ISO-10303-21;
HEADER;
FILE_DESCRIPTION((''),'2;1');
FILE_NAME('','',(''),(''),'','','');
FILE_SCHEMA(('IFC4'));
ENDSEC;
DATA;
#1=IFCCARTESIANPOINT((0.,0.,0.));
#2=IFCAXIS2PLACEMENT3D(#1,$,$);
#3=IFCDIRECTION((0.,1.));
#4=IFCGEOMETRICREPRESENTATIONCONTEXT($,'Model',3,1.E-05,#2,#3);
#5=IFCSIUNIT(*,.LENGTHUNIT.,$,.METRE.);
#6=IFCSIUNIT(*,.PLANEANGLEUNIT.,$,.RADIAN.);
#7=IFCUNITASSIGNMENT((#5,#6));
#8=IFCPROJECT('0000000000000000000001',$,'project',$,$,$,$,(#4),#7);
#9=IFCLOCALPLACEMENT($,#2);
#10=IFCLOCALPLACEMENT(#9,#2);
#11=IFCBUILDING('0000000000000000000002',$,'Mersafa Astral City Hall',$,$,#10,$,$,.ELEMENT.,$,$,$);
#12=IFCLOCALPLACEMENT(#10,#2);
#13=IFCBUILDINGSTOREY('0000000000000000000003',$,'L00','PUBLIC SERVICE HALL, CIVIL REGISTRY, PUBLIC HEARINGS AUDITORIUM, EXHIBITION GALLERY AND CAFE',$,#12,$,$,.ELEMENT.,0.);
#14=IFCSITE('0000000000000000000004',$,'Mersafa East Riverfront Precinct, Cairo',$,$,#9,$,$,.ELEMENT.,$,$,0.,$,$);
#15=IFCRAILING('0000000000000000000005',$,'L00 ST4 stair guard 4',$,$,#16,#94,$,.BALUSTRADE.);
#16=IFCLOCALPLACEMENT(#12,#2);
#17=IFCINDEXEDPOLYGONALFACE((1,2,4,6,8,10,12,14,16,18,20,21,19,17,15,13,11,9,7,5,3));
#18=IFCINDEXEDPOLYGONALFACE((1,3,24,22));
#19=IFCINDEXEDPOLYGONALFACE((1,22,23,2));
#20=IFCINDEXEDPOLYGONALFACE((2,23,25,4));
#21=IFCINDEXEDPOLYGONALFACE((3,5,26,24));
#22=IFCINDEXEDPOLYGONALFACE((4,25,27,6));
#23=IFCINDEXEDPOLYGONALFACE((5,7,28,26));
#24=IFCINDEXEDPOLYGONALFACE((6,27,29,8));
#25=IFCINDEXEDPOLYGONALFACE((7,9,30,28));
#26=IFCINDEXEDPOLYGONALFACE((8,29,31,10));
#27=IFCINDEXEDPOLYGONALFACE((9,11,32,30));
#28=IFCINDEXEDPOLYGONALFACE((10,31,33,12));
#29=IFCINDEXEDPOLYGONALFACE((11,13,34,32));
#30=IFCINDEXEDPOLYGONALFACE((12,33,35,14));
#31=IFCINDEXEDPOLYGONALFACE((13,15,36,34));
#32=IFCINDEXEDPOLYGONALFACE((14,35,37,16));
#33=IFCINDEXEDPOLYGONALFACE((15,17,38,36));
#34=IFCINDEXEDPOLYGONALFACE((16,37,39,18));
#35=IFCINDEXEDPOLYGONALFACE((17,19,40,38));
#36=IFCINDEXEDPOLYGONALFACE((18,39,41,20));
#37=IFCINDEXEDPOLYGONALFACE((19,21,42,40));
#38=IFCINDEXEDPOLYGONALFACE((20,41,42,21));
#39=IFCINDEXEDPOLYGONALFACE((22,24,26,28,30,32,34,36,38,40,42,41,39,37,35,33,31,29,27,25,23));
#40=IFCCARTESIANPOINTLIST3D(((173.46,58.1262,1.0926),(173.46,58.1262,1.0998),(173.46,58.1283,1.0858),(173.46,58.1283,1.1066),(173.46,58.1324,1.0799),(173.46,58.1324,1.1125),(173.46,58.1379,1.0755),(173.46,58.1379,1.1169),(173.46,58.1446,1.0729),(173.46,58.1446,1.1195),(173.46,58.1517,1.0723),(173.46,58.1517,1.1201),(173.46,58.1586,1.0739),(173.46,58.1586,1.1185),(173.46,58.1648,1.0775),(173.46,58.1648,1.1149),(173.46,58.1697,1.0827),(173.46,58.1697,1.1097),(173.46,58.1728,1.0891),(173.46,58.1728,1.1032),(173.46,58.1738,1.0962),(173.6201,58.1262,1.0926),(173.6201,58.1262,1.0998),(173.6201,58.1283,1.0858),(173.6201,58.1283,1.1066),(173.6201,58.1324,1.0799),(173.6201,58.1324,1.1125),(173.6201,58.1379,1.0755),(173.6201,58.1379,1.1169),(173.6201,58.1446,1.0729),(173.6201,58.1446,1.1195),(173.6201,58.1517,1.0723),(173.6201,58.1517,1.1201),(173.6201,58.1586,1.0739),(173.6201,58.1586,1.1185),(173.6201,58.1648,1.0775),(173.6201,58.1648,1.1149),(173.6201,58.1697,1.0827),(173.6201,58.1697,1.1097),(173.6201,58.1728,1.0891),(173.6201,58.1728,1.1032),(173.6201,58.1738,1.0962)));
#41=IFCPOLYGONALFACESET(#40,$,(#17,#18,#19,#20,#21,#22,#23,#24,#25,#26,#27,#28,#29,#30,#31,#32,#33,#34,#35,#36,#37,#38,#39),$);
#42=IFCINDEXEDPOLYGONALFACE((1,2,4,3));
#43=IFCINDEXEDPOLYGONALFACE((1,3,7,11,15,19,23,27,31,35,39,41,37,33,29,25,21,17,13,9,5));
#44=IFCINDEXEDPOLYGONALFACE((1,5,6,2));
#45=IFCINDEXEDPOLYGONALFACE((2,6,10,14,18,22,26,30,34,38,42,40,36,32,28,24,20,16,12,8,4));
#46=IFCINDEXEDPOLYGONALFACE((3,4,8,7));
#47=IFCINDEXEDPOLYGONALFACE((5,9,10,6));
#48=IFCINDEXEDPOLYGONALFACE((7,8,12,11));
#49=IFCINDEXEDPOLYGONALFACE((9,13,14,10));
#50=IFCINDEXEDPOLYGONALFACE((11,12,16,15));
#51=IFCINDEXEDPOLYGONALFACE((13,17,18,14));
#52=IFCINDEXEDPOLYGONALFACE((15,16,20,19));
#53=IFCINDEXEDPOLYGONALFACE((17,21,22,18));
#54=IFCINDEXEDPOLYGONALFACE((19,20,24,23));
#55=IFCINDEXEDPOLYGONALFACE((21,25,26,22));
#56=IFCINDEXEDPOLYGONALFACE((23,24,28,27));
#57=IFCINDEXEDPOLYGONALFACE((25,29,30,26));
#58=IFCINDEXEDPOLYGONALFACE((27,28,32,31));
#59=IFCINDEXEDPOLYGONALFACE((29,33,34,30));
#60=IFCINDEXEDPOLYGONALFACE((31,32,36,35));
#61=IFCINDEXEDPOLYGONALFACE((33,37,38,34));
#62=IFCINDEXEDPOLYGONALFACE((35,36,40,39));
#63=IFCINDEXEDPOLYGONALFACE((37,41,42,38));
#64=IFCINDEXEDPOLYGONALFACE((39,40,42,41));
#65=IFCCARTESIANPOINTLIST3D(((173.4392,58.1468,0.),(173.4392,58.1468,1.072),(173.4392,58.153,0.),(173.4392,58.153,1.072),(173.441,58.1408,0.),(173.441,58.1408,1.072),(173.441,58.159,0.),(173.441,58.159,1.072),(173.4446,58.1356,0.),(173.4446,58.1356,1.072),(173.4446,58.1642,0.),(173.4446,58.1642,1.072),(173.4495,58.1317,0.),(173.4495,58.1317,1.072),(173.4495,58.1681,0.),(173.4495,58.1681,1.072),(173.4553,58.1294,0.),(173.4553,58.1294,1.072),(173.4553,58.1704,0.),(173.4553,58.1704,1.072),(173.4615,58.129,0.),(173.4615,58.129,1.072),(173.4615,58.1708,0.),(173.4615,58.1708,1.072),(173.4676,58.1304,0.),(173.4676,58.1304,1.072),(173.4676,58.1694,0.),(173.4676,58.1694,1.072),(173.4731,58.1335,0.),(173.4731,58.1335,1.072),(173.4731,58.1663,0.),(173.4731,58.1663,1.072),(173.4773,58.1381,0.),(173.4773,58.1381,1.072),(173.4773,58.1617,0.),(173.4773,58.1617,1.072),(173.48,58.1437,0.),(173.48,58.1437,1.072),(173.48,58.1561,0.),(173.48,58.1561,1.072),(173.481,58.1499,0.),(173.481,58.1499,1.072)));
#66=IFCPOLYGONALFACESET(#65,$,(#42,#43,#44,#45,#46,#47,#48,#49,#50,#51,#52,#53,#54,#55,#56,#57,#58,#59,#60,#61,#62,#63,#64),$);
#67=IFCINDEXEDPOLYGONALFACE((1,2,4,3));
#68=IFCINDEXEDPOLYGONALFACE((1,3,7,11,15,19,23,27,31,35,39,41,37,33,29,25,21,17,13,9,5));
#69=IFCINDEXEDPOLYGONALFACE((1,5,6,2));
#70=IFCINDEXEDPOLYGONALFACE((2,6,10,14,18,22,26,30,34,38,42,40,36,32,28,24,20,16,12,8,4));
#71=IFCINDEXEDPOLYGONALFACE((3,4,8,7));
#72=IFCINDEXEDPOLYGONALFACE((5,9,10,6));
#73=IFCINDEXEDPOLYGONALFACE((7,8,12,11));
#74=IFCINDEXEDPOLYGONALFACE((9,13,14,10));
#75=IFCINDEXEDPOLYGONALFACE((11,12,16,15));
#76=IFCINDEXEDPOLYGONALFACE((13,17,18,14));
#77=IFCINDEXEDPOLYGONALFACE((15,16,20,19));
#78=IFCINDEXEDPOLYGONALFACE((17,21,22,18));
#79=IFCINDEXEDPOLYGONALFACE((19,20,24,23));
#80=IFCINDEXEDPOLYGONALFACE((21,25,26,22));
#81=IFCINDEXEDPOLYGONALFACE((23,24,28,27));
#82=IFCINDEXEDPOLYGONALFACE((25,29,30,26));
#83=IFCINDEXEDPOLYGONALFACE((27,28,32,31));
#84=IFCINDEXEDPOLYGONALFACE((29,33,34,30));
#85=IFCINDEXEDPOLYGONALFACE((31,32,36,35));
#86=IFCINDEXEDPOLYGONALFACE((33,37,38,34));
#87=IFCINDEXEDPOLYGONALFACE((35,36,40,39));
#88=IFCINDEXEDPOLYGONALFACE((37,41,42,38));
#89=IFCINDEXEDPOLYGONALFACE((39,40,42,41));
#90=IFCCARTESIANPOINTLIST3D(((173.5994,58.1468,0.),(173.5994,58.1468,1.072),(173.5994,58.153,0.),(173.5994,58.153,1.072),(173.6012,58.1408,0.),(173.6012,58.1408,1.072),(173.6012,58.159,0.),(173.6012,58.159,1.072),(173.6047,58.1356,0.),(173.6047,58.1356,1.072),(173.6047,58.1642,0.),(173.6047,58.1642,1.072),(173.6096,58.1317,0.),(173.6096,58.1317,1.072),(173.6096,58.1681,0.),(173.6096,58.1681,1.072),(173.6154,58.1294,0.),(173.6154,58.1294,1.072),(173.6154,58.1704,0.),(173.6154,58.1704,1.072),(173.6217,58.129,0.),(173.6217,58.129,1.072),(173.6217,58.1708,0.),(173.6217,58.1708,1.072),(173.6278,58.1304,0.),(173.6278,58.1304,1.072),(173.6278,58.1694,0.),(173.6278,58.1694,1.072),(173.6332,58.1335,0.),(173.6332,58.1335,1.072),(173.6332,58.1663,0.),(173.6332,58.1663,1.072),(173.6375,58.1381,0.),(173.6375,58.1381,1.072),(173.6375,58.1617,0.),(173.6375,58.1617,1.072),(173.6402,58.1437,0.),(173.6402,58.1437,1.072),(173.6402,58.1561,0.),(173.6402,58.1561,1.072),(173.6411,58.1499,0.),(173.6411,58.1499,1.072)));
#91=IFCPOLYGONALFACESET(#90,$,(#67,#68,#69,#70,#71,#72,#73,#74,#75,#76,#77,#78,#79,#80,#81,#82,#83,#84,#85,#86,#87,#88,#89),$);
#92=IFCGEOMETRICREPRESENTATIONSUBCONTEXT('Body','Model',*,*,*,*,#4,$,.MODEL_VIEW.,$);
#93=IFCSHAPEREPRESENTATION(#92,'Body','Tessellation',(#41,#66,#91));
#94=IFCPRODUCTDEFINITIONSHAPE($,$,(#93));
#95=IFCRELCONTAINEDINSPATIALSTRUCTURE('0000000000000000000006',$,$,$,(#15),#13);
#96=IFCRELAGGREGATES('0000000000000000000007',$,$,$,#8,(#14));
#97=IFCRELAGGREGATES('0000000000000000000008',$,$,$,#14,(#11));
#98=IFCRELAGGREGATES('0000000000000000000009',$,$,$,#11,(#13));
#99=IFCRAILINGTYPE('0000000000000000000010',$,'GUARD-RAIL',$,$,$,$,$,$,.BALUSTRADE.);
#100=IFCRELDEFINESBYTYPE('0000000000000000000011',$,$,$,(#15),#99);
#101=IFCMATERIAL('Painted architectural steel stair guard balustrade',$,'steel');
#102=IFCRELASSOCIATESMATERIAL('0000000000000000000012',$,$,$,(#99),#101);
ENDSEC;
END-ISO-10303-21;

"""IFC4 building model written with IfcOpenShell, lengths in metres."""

from ifc_helpers import new_model, si_unit, direction, frame, origin, origin_2d, place, context, subcontext, project, spatial, circle, extrude, material, type_object, element, save


model = new_model("IFC4")

# Units and contexts
model_context = context("Model", 3, precision=1e-05, world=origin(), true_north=direction((0.0, 1.0)))
body_context = subcontext(model_context, "Body", "Model", "MODEL_VIEW")
ifc_project = project(units=[si_unit("LENGTHUNIT", "METRE"), si_unit("PLANEANGLEUNIT", "RADIAN")], contexts=[model_context])

# Site, building, storey
site_placement = place(None, origin())
site = spatial("IfcSite", under=ifc_project, at=site_placement, Name="Mersafa East Riverfront Precinct, Cairo", CompositionType="ELEMENT", RefElevation=0.0)
building_placement = place(site_placement, origin())
building = spatial("IfcBuilding", under=site, at=building_placement, Name="Mersafa Astral City Hall", CompositionType="ELEMENT")
storey_placement = place(building_placement, origin())
storey = spatial("IfcBuildingStorey", under=building, at=storey_placement, Name="L00", Description="PUBLIC SERVICE HALL, CIVIL REGISTRY, PUBLIC HEARINGS AUDITORIUM, EXHIBITION GALLERY AND CAFE", CompositionType="ELEMENT", Elevation=0.0)

# Railing
ifc_material_1 = material(Name="Painted architectural steel stair guard balustrade", Category="steel")
railing_type = type_object("IfcRailingType", Name="GUARD-RAIL", PredefinedType="BALUSTRADE", material=ifc_material_1)
railing_1_placement = place(storey_placement, frame((173.46, 58.1499, 0.0)))
element("IfcRailing", 1, at=railing_1_placement, inside=storey, type_object=railing_type, Name="L00 ST4 stair guard 4", PredefinedType="BALUSTRADE", context=body_context, shape_type="SweptSolid", body=[
    extrude(circle(Radius=0.0239, at=origin_2d()), frame((0.0, 0.0, 1.0962), z_axis=(1.0, 0.0, 0.0), x_axis=(0.0, 1.0, 0.0)), (0.0, 0.0, 1.0), 0.1602),
    extrude(circle(Radius=0.021, at=origin_2d()), origin(), (0.0, 0.0, 1.0), 1.072),
    extrude(circle(Radius=0.021, at=origin_2d()), frame((0.1602, 0.0, 0.0)), (0.0, 0.0, 1.0), 1.072),
])

save(model, "model.ifc")
